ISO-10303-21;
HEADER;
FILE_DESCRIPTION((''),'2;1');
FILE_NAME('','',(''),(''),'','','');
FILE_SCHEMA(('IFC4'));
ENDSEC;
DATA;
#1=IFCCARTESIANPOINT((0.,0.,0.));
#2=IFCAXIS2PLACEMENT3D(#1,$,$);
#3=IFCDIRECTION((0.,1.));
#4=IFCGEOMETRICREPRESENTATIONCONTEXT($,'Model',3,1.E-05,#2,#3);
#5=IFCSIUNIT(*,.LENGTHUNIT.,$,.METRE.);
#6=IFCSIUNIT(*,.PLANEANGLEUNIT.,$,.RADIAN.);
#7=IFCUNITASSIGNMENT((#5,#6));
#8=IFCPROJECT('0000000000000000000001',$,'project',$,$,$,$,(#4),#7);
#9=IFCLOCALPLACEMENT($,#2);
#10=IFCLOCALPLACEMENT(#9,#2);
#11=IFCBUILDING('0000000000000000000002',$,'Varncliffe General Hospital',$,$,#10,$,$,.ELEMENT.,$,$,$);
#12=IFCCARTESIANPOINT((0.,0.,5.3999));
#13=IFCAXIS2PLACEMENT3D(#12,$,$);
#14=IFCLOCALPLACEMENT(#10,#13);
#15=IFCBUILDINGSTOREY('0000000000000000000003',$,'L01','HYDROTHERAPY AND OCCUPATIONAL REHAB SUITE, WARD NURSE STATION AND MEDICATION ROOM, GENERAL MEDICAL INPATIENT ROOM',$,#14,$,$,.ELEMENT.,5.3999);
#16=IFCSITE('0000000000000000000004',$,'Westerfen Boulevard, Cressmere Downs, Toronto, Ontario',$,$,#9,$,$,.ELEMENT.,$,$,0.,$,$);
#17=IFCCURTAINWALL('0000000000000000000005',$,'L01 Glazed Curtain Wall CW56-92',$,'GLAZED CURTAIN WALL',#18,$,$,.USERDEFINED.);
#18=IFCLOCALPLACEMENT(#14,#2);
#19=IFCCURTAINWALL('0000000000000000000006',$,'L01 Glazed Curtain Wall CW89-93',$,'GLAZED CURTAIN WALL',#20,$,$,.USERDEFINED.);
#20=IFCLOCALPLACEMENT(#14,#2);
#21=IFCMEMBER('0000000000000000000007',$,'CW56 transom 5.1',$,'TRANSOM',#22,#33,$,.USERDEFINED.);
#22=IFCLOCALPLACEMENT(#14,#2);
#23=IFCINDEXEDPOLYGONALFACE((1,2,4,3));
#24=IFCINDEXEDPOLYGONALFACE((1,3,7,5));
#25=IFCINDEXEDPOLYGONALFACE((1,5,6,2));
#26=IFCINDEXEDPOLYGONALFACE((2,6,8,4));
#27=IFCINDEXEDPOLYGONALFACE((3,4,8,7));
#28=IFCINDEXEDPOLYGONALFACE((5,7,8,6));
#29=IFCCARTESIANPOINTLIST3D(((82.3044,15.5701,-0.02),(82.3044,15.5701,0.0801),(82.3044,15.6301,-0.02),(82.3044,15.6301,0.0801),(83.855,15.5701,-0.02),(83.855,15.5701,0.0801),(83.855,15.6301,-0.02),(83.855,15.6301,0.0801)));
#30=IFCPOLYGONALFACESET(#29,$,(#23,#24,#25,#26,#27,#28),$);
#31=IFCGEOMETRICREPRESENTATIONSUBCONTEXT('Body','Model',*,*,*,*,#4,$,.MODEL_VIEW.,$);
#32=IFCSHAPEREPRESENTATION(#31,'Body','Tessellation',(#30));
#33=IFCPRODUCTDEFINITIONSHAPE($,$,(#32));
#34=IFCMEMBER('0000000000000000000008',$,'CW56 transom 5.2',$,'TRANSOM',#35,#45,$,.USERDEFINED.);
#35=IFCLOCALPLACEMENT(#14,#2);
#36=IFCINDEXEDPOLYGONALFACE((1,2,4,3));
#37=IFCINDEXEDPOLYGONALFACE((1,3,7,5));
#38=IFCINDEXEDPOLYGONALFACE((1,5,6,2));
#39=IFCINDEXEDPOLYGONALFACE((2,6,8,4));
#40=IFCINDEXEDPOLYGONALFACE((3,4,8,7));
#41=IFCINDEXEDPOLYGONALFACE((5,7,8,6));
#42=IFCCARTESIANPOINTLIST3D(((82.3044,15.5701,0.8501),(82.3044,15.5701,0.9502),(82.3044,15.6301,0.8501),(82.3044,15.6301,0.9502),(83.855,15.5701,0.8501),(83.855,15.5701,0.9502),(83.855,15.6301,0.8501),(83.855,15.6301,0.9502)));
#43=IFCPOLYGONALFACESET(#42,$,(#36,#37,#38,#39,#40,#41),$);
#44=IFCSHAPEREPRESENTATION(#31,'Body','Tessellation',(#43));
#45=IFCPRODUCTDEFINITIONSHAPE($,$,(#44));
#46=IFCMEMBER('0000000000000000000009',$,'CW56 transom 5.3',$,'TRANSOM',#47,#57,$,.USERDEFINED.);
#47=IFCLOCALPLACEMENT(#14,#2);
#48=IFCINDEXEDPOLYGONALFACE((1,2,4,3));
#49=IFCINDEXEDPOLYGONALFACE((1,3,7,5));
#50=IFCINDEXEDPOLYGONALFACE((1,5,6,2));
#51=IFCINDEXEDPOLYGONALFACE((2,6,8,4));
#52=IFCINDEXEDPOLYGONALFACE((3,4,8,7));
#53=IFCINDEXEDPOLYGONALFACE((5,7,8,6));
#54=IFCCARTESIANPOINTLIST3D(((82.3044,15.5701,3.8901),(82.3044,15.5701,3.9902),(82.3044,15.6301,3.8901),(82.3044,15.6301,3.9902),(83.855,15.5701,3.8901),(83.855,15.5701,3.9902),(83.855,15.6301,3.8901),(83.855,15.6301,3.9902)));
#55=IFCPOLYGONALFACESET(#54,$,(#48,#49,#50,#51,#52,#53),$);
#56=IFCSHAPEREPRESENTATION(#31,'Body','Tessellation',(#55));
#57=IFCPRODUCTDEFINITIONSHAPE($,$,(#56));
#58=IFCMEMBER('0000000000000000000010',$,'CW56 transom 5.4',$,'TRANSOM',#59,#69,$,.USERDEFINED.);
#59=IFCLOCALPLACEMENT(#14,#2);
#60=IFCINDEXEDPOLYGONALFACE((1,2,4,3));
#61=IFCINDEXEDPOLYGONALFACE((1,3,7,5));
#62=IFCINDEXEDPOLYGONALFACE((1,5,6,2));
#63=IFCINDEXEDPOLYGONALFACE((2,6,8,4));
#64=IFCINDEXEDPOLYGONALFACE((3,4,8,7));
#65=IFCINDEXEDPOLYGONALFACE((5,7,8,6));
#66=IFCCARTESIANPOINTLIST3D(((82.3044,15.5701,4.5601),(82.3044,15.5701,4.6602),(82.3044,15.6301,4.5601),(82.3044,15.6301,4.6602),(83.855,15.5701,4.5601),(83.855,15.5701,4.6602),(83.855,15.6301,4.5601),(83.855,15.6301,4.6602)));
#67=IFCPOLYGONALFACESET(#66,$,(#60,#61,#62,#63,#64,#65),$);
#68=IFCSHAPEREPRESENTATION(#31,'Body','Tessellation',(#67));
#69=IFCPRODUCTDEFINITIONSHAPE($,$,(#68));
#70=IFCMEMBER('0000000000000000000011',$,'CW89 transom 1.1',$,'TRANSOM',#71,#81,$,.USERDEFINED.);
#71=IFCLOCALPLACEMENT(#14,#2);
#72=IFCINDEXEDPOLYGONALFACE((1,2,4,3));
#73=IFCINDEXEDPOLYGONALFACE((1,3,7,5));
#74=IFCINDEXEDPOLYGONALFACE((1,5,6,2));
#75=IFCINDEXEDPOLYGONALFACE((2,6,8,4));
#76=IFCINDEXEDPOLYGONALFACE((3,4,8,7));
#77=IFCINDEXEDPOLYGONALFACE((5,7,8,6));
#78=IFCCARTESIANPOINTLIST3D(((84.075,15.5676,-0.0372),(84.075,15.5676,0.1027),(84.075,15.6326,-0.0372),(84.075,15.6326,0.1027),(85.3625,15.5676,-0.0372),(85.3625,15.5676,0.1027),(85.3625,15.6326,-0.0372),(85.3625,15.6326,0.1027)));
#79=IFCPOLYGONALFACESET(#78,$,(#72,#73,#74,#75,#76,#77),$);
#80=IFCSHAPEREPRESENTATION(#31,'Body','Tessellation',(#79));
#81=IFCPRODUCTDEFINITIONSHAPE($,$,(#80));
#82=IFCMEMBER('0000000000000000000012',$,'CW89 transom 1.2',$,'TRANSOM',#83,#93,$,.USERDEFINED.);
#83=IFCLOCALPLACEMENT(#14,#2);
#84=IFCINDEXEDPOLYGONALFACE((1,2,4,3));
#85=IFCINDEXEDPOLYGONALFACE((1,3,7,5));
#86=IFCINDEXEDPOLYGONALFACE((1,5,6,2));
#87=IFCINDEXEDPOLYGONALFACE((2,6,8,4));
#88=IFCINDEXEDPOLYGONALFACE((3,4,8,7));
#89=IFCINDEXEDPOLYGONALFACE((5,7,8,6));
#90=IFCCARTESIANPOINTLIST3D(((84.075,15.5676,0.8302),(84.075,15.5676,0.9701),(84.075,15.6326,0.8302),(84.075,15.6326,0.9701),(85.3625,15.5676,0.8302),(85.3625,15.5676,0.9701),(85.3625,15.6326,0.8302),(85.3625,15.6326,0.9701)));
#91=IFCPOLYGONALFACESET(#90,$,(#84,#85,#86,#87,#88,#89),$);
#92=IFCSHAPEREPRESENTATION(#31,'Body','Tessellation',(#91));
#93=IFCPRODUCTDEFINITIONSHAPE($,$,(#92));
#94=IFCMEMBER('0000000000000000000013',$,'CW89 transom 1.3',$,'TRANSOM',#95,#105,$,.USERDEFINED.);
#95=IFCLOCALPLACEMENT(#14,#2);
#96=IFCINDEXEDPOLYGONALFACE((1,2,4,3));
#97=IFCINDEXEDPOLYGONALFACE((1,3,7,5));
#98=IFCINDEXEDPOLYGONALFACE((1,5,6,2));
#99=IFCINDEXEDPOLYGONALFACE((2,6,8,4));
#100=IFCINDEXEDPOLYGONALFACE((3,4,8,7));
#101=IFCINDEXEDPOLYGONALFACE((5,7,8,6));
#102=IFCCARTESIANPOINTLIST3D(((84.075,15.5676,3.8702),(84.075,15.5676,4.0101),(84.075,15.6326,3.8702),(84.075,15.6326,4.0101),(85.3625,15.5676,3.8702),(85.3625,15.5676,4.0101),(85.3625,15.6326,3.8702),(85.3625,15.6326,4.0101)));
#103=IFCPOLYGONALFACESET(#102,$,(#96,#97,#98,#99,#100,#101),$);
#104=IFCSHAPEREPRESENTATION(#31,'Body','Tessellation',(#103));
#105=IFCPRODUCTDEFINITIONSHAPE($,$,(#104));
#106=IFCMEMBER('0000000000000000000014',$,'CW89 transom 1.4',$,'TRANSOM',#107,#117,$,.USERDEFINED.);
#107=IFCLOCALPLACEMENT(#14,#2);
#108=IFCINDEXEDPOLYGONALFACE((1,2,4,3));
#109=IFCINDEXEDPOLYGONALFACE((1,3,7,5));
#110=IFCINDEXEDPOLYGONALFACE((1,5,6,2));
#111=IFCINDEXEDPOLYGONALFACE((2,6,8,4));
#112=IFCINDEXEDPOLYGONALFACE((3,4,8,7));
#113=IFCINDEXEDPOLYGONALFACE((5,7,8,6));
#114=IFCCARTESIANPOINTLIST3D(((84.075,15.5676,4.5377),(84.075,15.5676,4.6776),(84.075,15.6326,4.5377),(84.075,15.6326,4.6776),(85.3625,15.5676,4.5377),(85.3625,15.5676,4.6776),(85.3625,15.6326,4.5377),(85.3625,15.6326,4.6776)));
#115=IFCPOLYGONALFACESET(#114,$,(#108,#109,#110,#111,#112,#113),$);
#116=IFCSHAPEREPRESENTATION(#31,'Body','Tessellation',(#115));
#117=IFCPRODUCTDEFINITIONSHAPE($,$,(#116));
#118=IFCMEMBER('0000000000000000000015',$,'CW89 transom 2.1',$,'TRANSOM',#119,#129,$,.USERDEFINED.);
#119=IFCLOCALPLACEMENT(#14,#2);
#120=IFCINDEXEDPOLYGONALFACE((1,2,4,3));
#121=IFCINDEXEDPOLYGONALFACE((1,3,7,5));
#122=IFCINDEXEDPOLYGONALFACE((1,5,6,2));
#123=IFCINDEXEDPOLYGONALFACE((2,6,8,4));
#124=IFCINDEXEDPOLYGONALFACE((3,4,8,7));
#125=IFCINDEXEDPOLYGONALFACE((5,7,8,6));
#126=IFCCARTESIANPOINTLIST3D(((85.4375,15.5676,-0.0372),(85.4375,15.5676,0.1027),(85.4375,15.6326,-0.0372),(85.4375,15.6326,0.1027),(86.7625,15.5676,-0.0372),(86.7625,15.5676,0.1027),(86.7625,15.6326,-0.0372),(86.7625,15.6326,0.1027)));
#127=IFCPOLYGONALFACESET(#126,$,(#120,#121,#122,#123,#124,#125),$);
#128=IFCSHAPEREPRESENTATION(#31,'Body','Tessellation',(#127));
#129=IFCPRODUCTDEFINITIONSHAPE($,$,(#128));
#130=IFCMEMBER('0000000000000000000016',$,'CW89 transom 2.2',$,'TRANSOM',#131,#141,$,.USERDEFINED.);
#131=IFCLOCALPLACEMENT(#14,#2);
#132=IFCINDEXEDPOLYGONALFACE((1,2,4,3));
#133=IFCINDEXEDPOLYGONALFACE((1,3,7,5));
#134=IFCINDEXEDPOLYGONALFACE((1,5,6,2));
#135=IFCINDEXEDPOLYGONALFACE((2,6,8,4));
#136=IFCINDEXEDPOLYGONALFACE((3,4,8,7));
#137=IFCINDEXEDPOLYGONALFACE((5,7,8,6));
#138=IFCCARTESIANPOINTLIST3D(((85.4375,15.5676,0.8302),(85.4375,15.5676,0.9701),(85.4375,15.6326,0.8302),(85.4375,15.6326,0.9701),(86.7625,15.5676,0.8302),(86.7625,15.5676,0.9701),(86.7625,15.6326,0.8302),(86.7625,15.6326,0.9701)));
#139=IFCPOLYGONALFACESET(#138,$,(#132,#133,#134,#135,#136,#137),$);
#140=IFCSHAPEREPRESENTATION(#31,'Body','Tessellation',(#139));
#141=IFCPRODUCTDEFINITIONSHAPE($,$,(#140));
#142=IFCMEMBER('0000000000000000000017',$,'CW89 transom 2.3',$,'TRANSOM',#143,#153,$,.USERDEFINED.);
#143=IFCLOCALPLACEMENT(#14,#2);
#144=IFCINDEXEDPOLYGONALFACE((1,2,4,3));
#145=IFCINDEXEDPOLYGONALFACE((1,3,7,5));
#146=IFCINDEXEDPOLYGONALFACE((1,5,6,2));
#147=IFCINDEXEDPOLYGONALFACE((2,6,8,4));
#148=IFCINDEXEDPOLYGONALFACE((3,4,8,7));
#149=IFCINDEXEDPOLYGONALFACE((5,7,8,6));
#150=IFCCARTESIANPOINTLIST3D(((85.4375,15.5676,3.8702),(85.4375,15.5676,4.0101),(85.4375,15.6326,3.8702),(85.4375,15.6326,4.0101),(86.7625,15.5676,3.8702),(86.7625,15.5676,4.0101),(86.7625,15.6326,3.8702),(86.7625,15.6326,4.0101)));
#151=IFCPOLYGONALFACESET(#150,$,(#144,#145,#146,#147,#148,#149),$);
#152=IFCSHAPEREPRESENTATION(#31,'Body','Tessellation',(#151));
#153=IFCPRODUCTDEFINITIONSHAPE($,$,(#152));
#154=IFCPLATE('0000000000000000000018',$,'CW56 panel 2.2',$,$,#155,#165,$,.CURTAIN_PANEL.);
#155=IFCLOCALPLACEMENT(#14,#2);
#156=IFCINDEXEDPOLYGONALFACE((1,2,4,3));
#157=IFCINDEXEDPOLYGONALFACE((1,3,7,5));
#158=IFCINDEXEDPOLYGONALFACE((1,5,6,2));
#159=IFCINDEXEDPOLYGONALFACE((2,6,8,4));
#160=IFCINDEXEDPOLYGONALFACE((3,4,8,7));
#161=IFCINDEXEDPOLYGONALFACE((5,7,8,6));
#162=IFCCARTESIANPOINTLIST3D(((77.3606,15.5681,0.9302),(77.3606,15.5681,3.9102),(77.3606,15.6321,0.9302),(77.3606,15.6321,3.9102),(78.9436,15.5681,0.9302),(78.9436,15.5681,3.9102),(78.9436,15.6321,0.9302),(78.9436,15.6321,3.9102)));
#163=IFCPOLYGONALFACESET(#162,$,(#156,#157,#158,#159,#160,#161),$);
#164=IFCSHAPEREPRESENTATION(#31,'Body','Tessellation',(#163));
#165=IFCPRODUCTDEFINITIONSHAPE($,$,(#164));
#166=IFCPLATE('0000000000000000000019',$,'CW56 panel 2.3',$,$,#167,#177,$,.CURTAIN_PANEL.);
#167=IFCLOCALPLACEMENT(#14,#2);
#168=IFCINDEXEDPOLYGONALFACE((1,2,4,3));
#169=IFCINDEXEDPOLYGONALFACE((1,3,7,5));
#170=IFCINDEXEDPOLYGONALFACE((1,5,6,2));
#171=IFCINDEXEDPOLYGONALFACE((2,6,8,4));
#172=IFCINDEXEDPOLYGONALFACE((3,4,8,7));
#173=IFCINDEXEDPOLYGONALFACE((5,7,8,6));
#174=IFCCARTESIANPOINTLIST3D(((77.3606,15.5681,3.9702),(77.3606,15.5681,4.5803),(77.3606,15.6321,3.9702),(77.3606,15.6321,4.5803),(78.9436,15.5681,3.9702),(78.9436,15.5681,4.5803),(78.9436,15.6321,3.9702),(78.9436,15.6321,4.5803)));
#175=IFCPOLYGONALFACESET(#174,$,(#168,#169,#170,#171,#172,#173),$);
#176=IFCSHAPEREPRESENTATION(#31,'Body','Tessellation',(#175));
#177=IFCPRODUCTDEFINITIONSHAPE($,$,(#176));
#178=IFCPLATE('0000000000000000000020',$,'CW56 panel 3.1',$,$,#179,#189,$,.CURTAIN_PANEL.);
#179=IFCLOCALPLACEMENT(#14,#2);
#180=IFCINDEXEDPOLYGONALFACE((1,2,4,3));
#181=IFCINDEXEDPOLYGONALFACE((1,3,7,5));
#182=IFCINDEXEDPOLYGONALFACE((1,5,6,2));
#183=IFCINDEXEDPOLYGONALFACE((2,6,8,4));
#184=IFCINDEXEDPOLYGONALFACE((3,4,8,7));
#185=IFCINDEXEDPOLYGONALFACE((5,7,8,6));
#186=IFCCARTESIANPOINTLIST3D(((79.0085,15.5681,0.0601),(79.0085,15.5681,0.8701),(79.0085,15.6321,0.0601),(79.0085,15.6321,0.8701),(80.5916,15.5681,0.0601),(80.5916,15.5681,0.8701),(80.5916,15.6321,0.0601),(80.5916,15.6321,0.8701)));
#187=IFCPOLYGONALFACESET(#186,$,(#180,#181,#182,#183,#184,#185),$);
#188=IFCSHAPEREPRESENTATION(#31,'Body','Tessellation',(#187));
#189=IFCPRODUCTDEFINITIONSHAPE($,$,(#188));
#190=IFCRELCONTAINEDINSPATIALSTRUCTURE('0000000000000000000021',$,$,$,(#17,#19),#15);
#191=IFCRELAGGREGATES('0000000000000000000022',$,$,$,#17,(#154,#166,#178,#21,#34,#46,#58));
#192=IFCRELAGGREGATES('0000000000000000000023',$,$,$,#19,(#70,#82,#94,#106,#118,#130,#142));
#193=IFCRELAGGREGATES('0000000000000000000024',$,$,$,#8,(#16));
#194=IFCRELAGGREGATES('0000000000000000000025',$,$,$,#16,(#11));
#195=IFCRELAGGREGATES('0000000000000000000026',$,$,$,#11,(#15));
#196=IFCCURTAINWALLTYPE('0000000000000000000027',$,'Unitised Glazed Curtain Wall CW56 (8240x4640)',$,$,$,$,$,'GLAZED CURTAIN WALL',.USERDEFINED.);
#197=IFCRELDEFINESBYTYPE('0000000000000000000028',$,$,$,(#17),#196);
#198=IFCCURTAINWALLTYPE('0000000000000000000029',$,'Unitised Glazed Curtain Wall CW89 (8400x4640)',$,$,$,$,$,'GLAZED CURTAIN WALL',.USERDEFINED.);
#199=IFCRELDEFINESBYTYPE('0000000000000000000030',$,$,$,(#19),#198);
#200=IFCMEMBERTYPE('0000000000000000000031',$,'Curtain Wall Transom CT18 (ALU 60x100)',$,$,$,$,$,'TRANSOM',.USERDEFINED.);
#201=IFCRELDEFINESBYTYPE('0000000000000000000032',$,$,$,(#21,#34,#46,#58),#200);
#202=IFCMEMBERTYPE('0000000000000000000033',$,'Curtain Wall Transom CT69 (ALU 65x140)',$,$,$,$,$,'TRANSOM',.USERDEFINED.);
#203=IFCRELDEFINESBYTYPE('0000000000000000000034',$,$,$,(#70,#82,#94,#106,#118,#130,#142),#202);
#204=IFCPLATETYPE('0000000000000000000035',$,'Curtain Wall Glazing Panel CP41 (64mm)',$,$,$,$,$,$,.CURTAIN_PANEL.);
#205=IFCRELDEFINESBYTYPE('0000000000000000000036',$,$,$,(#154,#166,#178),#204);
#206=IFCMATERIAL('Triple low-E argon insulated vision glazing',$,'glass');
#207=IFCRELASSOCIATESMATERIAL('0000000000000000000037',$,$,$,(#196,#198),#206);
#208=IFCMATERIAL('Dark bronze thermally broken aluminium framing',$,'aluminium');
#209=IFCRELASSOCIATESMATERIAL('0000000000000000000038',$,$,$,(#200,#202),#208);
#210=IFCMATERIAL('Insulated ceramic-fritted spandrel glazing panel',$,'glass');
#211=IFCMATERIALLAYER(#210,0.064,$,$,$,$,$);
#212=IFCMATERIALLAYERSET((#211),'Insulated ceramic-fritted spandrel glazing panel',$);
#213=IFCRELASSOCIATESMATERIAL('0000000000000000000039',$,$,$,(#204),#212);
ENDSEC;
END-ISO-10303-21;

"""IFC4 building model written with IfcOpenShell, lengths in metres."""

from ifc_helpers import new_model, si_unit, direction, frame, origin, origin_2d, place, context, subcontext, project, spatial, rectangle, extrude, material, layer, layer_set, material_profile, profile_set, type_object, element, aggregate, save


model = new_model("IFC4")

# Units and contexts
model_context = context("Model", 3, precision=1e-05, world=origin(), true_north=direction((0.0, 1.0)))
body_context = subcontext(model_context, "Body", "Model", "MODEL_VIEW")
ifc_project = project(units=[si_unit("LENGTHUNIT", "METRE"), si_unit("PLANEANGLEUNIT", "RADIAN")], contexts=[model_context])

# Site, building, storey
site_placement = place(None, origin())
site = spatial("IfcSite", under=ifc_project, at=site_placement, Name="Westerfen Boulevard, Cressmere Downs, Toronto, Ontario", CompositionType="ELEMENT", RefElevation=0.0)
building_placement = place(site_placement, origin())
building = spatial("IfcBuilding", under=site, at=building_placement, Name="Varncliffe General Hospital", CompositionType="ELEMENT")
storey_placement = place(building_placement, frame((0.0, 0.0, 5.3999)))
storey = spatial("IfcBuildingStorey", under=building, at=storey_placement, Name="L01", Description="HYDROTHERAPY AND OCCUPATIONAL REHAB SUITE, WARD NURSE STATION AND MEDICATION ROOM, GENERAL MEDICAL INPATIENT ROOM", CompositionType="ELEMENT", Elevation=5.3999)

# Curtain walls
ifc_material_1 = material(Name="Triple low-E argon insulated vision glazing", Category="glass")
curtain_wall_type_1 = type_object("IfcCurtainWallType", Name="Unitised Glazed Curtain Wall CW56 (8240x4640)", ElementType="GLAZED CURTAIN WALL", PredefinedType="USERDEFINED", material=ifc_material_1)
curtain_wall_1_placement = place(storey_placement, origin())
curtain_wall_1 = element("IfcCurtainWall", 1, at=curtain_wall_1_placement, inside=storey, type_object=curtain_wall_type_1, Name="L01 Glazed Curtain Wall CW56-92", ObjectType="GLAZED CURTAIN WALL", PredefinedType="USERDEFINED")
ifc_material_2 = material(Name="Dark bronze thermally broken aluminium framing", Category="aluminium")
curtain_wall_type_2 = type_object("IfcCurtainWallType", Name="Unitised Glazed Curtain Wall CW89 (8400x4640)", ElementType="GLAZED CURTAIN WALL", PredefinedType="USERDEFINED", material=ifc_material_1)
curtain_wall_2_placement = place(storey_placement, origin())
curtain_wall_2 = element("IfcCurtainWall", 2, at=curtain_wall_2_placement, inside=storey, type_object=curtain_wall_type_2, Name="L01 Glazed Curtain Wall CW89-93", ObjectType="GLAZED CURTAIN WALL", PredefinedType="USERDEFINED")

# Members
ifc_material_profile_1 = material_profile(ifc_material_2, rectangle(XDim=0.0601, YDim=0.1001, at=origin_2d()), Name="ALU 60x100")
ifc_profile_set_1 = profile_set([ifc_material_profile_1], Name="Dark bronze thermally broken aluminium framing")
member_type_1 = type_object("IfcMemberType", Name="Curtain Wall Transom CT18 (ALU 60x100)", ElementType="TRANSOM", PredefinedType="USERDEFINED", material=ifc_profile_set_1)
member_1_placement = place(storey_placement, frame((82.3044, 15.6001, 0.03), z_axis=(1.0, 0.0, 0.0), x_axis=(0.0, 1.0, 0.0)))
member_1 = element("IfcMember", 3, at=member_1_placement, type_object=member_type_1, Name="CW56 transom 5.1", ObjectType="TRANSOM", PredefinedType="USERDEFINED", context=body_context, shape_type="SweptSolid", body=[
    extrude(rectangle(XDim=0.0601, YDim=0.1001, at=origin_2d()), origin(), (0.0, 0.0, 1.0), 1.5505),
])
member_2_placement = place(storey_placement, frame((82.3044, 15.6001, 0.9001), z_axis=(1.0, 0.0, 0.0), x_axis=(0.0, 1.0, 0.0)))
member_2 = element("IfcMember", 4, at=member_2_placement, type_object=member_type_1, Name="CW56 transom 5.2", ObjectType="TRANSOM", PredefinedType="USERDEFINED", context=body_context, shape_type="SweptSolid", body=[
    extrude(rectangle(XDim=0.0601, YDim=0.1001, at=origin_2d()), origin(), (0.0, 0.0, 1.0), 1.5505),
])
member_3_placement = place(storey_placement, frame((82.3044, 15.6001, 3.9402), z_axis=(1.0, 0.0, 0.0), x_axis=(0.0, 1.0, 0.0)))
member_3 = element("IfcMember", 5, at=member_3_placement, type_object=member_type_1, Name="CW56 transom 5.3", ObjectType="TRANSOM", PredefinedType="USERDEFINED", context=body_context, shape_type="SweptSolid", body=[
    extrude(rectangle(XDim=0.0601, YDim=0.1001, at=origin_2d()), origin(), (0.0, 0.0, 1.0), 1.5505),
])
member_4_placement = place(storey_placement, frame((82.3044, 15.6001, 4.6101), z_axis=(1.0, 0.0, 0.0), x_axis=(0.0, 1.0, 0.0)))
member_4 = element("IfcMember", 6, at=member_4_placement, type_object=member_type_1, Name="CW56 transom 5.4", ObjectType="TRANSOM", PredefinedType="USERDEFINED", context=body_context, shape_type="SweptSolid", body=[
    extrude(rectangle(XDim=0.0601, YDim=0.1001, at=origin_2d()), origin(), (0.0, 0.0, 1.0), 1.5505),
])
ifc_material_profile_2 = material_profile(ifc_material_2, rectangle(XDim=0.0649, YDim=0.1399, at=origin_2d()), Name="ALU 65x140")
ifc_profile_set_2 = profile_set([ifc_material_profile_2], Name="Dark bronze thermally broken aluminium framing")
member_type_2 = type_object("IfcMemberType", Name="Curtain Wall Transom CT69 (ALU 65x140)", ElementType="TRANSOM", PredefinedType="USERDEFINED", material=ifc_profile_set_2)
member_5_placement = place(storey_placement, frame((84.075, 15.6001, 0.0327), z_axis=(1.0, 0.0, 0.0), x_axis=(0.0, 1.0, 0.0)))
member_5 = element("IfcMember", 7, at=member_5_placement, type_object=member_type_2, Name="CW89 transom 1.1", ObjectType="TRANSOM", PredefinedType="USERDEFINED", context=body_context, shape_type="SweptSolid", body=[
    extrude(rectangle(XDim=0.0649, YDim=0.1399, at=origin_2d()), origin(), (0.0, 0.0, 1.0), 1.2876),
])
member_6_placement = place(storey_placement, frame((84.075, 15.6001, 0.9001), z_axis=(1.0, 0.0, 0.0), x_axis=(0.0, 1.0, 0.0)))
member_6 = element("IfcMember", 8, at=member_6_placement, type_object=member_type_2, Name="CW89 transom 1.2", ObjectType="TRANSOM", PredefinedType="USERDEFINED", context=body_context, shape_type="SweptSolid", body=[
    extrude(rectangle(XDim=0.0649, YDim=0.1399, at=origin_2d()), origin(), (0.0, 0.0, 1.0), 1.2876),
])
member_7_placement = place(storey_placement, frame((84.075, 15.6001, 3.9402), z_axis=(1.0, 0.0, 0.0), x_axis=(0.0, 1.0, 0.0)))
member_7 = element("IfcMember", 9, at=member_7_placement, type_object=member_type_2, Name="CW89 transom 1.3", ObjectType="TRANSOM", PredefinedType="USERDEFINED", context=body_context, shape_type="SweptSolid", body=[
    extrude(rectangle(XDim=0.0649, YDim=0.1399, at=origin_2d()), origin(), (0.0, 0.0, 1.0), 1.2876),
])
member_8_placement = place(storey_placement, frame((84.075, 15.6001, 4.6077), z_axis=(1.0, 0.0, 0.0), x_axis=(0.0, 1.0, 0.0)))
member_8 = element("IfcMember", 10, at=member_8_placement, type_object=member_type_2, Name="CW89 transom 1.4", ObjectType="TRANSOM", PredefinedType="USERDEFINED", context=body_context, shape_type="SweptSolid", body=[
    extrude(rectangle(XDim=0.0649, YDim=0.1399, at=origin_2d()), origin(), (0.0, 0.0, 1.0), 1.2876),
])
member_9_placement = place(storey_placement, frame((85.4375, 15.6001, 0.0327), z_axis=(1.0, 0.0, 0.0), x_axis=(0.0, 1.0, 0.0)))
member_9 = element("IfcMember", 11, at=member_9_placement, type_object=member_type_2, Name="CW89 transom 2.1", ObjectType="TRANSOM", PredefinedType="USERDEFINED", context=body_context, shape_type="SweptSolid", body=[
    extrude(rectangle(XDim=0.0649, YDim=0.1399, at=origin_2d()), origin(), (0.0, 0.0, 1.0), 1.325),
])
member_10_placement = place(storey_placement, frame((85.4375, 15.6001, 0.9001), z_axis=(1.0, 0.0, 0.0), x_axis=(0.0, 1.0, 0.0)))
member_10 = element("IfcMember", 12, at=member_10_placement, type_object=member_type_2, Name="CW89 transom 2.2", ObjectType="TRANSOM", PredefinedType="USERDEFINED", context=body_context, shape_type="SweptSolid", body=[
    extrude(rectangle(XDim=0.0649, YDim=0.1399, at=origin_2d()), origin(), (0.0, 0.0, 1.0), 1.325),
])
member_11_placement = place(storey_placement, frame((85.4375, 15.6001, 3.9402), z_axis=(1.0, 0.0, 0.0), x_axis=(0.0, 1.0, 0.0)))
member_11 = element("IfcMember", 13, at=member_11_placement, type_object=member_type_2, Name="CW89 transom 2.3", ObjectType="TRANSOM", PredefinedType="USERDEFINED", context=body_context, shape_type="SweptSolid", body=[
    extrude(rectangle(XDim=0.0649, YDim=0.1399, at=origin_2d()), origin(), (0.0, 0.0, 1.0), 1.325),
])

# Plates
ifc_material_3 = material(Name="Insulated ceramic-fritted spandrel glazing panel", Category="glass")
ifc_layer_1 = layer(ifc_material_3, 0.064)
ifc_layer_set_1 = layer_set([ifc_layer_1], Name="Insulated ceramic-fritted spandrel glazing panel")
plate_type_1 = type_object("IfcPlateType", Name="Curtain Wall Glazing Panel CP41 (64mm)", PredefinedType="CURTAIN_PANEL", material=ifc_layer_set_1)
plate_1_placement = place(storey_placement, frame((78.1521, 15.6001, 0.9302), z_axis=(0.0, 0.0, 1.0), x_axis=(1.0, 0.0, 0.0)))
plate_1 = element("IfcPlate", 14, at=plate_1_placement, type_object=plate_type_1, Name="CW56 panel 2.2", PredefinedType="CURTAIN_PANEL", context=body_context, shape_type="SweptSolid", body=[
    extrude(rectangle(XDim=1.583, YDim=0.064, at=origin_2d()), origin(), (0.0, 0.0, 1.0), 2.98),
])
plate_2_placement = place(storey_placement, frame((78.1521, 15.6001, 3.9702), z_axis=(0.0, 0.0, 1.0), x_axis=(1.0, 0.0, 0.0)))
plate_2 = element("IfcPlate", 15, at=plate_2_placement, type_object=plate_type_1, Name="CW56 panel 2.3", PredefinedType="CURTAIN_PANEL", context=body_context, shape_type="SweptSolid", body=[
    extrude(rectangle(XDim=1.583, YDim=0.064, at=origin_2d()), origin(), (0.0, 0.0, 1.0), 0.6101),
])
plate_3_placement = place(storey_placement, frame((79.8, 15.6001, 0.0601), z_axis=(0.0, 0.0, 1.0), x_axis=(1.0, 0.0, 0.0)))
plate_3 = element("IfcPlate", 16, at=plate_3_placement, type_object=plate_type_1, Name="CW56 panel 3.1", PredefinedType="CURTAIN_PANEL", context=body_context, shape_type="SweptSolid", body=[
    extrude(rectangle(XDim=1.583, YDim=0.064, at=origin_2d()), origin(), (0.0, 0.0, 1.0), 0.8101),
])
aggregate(curtain_wall_1, [plate_1, plate_2, plate_3, member_1, member_2, member_3, member_4])
aggregate(curtain_wall_2, [member_5, member_6, member_7, member_8, member_9, member_10, member_11])

save(model, "model.ifc")
